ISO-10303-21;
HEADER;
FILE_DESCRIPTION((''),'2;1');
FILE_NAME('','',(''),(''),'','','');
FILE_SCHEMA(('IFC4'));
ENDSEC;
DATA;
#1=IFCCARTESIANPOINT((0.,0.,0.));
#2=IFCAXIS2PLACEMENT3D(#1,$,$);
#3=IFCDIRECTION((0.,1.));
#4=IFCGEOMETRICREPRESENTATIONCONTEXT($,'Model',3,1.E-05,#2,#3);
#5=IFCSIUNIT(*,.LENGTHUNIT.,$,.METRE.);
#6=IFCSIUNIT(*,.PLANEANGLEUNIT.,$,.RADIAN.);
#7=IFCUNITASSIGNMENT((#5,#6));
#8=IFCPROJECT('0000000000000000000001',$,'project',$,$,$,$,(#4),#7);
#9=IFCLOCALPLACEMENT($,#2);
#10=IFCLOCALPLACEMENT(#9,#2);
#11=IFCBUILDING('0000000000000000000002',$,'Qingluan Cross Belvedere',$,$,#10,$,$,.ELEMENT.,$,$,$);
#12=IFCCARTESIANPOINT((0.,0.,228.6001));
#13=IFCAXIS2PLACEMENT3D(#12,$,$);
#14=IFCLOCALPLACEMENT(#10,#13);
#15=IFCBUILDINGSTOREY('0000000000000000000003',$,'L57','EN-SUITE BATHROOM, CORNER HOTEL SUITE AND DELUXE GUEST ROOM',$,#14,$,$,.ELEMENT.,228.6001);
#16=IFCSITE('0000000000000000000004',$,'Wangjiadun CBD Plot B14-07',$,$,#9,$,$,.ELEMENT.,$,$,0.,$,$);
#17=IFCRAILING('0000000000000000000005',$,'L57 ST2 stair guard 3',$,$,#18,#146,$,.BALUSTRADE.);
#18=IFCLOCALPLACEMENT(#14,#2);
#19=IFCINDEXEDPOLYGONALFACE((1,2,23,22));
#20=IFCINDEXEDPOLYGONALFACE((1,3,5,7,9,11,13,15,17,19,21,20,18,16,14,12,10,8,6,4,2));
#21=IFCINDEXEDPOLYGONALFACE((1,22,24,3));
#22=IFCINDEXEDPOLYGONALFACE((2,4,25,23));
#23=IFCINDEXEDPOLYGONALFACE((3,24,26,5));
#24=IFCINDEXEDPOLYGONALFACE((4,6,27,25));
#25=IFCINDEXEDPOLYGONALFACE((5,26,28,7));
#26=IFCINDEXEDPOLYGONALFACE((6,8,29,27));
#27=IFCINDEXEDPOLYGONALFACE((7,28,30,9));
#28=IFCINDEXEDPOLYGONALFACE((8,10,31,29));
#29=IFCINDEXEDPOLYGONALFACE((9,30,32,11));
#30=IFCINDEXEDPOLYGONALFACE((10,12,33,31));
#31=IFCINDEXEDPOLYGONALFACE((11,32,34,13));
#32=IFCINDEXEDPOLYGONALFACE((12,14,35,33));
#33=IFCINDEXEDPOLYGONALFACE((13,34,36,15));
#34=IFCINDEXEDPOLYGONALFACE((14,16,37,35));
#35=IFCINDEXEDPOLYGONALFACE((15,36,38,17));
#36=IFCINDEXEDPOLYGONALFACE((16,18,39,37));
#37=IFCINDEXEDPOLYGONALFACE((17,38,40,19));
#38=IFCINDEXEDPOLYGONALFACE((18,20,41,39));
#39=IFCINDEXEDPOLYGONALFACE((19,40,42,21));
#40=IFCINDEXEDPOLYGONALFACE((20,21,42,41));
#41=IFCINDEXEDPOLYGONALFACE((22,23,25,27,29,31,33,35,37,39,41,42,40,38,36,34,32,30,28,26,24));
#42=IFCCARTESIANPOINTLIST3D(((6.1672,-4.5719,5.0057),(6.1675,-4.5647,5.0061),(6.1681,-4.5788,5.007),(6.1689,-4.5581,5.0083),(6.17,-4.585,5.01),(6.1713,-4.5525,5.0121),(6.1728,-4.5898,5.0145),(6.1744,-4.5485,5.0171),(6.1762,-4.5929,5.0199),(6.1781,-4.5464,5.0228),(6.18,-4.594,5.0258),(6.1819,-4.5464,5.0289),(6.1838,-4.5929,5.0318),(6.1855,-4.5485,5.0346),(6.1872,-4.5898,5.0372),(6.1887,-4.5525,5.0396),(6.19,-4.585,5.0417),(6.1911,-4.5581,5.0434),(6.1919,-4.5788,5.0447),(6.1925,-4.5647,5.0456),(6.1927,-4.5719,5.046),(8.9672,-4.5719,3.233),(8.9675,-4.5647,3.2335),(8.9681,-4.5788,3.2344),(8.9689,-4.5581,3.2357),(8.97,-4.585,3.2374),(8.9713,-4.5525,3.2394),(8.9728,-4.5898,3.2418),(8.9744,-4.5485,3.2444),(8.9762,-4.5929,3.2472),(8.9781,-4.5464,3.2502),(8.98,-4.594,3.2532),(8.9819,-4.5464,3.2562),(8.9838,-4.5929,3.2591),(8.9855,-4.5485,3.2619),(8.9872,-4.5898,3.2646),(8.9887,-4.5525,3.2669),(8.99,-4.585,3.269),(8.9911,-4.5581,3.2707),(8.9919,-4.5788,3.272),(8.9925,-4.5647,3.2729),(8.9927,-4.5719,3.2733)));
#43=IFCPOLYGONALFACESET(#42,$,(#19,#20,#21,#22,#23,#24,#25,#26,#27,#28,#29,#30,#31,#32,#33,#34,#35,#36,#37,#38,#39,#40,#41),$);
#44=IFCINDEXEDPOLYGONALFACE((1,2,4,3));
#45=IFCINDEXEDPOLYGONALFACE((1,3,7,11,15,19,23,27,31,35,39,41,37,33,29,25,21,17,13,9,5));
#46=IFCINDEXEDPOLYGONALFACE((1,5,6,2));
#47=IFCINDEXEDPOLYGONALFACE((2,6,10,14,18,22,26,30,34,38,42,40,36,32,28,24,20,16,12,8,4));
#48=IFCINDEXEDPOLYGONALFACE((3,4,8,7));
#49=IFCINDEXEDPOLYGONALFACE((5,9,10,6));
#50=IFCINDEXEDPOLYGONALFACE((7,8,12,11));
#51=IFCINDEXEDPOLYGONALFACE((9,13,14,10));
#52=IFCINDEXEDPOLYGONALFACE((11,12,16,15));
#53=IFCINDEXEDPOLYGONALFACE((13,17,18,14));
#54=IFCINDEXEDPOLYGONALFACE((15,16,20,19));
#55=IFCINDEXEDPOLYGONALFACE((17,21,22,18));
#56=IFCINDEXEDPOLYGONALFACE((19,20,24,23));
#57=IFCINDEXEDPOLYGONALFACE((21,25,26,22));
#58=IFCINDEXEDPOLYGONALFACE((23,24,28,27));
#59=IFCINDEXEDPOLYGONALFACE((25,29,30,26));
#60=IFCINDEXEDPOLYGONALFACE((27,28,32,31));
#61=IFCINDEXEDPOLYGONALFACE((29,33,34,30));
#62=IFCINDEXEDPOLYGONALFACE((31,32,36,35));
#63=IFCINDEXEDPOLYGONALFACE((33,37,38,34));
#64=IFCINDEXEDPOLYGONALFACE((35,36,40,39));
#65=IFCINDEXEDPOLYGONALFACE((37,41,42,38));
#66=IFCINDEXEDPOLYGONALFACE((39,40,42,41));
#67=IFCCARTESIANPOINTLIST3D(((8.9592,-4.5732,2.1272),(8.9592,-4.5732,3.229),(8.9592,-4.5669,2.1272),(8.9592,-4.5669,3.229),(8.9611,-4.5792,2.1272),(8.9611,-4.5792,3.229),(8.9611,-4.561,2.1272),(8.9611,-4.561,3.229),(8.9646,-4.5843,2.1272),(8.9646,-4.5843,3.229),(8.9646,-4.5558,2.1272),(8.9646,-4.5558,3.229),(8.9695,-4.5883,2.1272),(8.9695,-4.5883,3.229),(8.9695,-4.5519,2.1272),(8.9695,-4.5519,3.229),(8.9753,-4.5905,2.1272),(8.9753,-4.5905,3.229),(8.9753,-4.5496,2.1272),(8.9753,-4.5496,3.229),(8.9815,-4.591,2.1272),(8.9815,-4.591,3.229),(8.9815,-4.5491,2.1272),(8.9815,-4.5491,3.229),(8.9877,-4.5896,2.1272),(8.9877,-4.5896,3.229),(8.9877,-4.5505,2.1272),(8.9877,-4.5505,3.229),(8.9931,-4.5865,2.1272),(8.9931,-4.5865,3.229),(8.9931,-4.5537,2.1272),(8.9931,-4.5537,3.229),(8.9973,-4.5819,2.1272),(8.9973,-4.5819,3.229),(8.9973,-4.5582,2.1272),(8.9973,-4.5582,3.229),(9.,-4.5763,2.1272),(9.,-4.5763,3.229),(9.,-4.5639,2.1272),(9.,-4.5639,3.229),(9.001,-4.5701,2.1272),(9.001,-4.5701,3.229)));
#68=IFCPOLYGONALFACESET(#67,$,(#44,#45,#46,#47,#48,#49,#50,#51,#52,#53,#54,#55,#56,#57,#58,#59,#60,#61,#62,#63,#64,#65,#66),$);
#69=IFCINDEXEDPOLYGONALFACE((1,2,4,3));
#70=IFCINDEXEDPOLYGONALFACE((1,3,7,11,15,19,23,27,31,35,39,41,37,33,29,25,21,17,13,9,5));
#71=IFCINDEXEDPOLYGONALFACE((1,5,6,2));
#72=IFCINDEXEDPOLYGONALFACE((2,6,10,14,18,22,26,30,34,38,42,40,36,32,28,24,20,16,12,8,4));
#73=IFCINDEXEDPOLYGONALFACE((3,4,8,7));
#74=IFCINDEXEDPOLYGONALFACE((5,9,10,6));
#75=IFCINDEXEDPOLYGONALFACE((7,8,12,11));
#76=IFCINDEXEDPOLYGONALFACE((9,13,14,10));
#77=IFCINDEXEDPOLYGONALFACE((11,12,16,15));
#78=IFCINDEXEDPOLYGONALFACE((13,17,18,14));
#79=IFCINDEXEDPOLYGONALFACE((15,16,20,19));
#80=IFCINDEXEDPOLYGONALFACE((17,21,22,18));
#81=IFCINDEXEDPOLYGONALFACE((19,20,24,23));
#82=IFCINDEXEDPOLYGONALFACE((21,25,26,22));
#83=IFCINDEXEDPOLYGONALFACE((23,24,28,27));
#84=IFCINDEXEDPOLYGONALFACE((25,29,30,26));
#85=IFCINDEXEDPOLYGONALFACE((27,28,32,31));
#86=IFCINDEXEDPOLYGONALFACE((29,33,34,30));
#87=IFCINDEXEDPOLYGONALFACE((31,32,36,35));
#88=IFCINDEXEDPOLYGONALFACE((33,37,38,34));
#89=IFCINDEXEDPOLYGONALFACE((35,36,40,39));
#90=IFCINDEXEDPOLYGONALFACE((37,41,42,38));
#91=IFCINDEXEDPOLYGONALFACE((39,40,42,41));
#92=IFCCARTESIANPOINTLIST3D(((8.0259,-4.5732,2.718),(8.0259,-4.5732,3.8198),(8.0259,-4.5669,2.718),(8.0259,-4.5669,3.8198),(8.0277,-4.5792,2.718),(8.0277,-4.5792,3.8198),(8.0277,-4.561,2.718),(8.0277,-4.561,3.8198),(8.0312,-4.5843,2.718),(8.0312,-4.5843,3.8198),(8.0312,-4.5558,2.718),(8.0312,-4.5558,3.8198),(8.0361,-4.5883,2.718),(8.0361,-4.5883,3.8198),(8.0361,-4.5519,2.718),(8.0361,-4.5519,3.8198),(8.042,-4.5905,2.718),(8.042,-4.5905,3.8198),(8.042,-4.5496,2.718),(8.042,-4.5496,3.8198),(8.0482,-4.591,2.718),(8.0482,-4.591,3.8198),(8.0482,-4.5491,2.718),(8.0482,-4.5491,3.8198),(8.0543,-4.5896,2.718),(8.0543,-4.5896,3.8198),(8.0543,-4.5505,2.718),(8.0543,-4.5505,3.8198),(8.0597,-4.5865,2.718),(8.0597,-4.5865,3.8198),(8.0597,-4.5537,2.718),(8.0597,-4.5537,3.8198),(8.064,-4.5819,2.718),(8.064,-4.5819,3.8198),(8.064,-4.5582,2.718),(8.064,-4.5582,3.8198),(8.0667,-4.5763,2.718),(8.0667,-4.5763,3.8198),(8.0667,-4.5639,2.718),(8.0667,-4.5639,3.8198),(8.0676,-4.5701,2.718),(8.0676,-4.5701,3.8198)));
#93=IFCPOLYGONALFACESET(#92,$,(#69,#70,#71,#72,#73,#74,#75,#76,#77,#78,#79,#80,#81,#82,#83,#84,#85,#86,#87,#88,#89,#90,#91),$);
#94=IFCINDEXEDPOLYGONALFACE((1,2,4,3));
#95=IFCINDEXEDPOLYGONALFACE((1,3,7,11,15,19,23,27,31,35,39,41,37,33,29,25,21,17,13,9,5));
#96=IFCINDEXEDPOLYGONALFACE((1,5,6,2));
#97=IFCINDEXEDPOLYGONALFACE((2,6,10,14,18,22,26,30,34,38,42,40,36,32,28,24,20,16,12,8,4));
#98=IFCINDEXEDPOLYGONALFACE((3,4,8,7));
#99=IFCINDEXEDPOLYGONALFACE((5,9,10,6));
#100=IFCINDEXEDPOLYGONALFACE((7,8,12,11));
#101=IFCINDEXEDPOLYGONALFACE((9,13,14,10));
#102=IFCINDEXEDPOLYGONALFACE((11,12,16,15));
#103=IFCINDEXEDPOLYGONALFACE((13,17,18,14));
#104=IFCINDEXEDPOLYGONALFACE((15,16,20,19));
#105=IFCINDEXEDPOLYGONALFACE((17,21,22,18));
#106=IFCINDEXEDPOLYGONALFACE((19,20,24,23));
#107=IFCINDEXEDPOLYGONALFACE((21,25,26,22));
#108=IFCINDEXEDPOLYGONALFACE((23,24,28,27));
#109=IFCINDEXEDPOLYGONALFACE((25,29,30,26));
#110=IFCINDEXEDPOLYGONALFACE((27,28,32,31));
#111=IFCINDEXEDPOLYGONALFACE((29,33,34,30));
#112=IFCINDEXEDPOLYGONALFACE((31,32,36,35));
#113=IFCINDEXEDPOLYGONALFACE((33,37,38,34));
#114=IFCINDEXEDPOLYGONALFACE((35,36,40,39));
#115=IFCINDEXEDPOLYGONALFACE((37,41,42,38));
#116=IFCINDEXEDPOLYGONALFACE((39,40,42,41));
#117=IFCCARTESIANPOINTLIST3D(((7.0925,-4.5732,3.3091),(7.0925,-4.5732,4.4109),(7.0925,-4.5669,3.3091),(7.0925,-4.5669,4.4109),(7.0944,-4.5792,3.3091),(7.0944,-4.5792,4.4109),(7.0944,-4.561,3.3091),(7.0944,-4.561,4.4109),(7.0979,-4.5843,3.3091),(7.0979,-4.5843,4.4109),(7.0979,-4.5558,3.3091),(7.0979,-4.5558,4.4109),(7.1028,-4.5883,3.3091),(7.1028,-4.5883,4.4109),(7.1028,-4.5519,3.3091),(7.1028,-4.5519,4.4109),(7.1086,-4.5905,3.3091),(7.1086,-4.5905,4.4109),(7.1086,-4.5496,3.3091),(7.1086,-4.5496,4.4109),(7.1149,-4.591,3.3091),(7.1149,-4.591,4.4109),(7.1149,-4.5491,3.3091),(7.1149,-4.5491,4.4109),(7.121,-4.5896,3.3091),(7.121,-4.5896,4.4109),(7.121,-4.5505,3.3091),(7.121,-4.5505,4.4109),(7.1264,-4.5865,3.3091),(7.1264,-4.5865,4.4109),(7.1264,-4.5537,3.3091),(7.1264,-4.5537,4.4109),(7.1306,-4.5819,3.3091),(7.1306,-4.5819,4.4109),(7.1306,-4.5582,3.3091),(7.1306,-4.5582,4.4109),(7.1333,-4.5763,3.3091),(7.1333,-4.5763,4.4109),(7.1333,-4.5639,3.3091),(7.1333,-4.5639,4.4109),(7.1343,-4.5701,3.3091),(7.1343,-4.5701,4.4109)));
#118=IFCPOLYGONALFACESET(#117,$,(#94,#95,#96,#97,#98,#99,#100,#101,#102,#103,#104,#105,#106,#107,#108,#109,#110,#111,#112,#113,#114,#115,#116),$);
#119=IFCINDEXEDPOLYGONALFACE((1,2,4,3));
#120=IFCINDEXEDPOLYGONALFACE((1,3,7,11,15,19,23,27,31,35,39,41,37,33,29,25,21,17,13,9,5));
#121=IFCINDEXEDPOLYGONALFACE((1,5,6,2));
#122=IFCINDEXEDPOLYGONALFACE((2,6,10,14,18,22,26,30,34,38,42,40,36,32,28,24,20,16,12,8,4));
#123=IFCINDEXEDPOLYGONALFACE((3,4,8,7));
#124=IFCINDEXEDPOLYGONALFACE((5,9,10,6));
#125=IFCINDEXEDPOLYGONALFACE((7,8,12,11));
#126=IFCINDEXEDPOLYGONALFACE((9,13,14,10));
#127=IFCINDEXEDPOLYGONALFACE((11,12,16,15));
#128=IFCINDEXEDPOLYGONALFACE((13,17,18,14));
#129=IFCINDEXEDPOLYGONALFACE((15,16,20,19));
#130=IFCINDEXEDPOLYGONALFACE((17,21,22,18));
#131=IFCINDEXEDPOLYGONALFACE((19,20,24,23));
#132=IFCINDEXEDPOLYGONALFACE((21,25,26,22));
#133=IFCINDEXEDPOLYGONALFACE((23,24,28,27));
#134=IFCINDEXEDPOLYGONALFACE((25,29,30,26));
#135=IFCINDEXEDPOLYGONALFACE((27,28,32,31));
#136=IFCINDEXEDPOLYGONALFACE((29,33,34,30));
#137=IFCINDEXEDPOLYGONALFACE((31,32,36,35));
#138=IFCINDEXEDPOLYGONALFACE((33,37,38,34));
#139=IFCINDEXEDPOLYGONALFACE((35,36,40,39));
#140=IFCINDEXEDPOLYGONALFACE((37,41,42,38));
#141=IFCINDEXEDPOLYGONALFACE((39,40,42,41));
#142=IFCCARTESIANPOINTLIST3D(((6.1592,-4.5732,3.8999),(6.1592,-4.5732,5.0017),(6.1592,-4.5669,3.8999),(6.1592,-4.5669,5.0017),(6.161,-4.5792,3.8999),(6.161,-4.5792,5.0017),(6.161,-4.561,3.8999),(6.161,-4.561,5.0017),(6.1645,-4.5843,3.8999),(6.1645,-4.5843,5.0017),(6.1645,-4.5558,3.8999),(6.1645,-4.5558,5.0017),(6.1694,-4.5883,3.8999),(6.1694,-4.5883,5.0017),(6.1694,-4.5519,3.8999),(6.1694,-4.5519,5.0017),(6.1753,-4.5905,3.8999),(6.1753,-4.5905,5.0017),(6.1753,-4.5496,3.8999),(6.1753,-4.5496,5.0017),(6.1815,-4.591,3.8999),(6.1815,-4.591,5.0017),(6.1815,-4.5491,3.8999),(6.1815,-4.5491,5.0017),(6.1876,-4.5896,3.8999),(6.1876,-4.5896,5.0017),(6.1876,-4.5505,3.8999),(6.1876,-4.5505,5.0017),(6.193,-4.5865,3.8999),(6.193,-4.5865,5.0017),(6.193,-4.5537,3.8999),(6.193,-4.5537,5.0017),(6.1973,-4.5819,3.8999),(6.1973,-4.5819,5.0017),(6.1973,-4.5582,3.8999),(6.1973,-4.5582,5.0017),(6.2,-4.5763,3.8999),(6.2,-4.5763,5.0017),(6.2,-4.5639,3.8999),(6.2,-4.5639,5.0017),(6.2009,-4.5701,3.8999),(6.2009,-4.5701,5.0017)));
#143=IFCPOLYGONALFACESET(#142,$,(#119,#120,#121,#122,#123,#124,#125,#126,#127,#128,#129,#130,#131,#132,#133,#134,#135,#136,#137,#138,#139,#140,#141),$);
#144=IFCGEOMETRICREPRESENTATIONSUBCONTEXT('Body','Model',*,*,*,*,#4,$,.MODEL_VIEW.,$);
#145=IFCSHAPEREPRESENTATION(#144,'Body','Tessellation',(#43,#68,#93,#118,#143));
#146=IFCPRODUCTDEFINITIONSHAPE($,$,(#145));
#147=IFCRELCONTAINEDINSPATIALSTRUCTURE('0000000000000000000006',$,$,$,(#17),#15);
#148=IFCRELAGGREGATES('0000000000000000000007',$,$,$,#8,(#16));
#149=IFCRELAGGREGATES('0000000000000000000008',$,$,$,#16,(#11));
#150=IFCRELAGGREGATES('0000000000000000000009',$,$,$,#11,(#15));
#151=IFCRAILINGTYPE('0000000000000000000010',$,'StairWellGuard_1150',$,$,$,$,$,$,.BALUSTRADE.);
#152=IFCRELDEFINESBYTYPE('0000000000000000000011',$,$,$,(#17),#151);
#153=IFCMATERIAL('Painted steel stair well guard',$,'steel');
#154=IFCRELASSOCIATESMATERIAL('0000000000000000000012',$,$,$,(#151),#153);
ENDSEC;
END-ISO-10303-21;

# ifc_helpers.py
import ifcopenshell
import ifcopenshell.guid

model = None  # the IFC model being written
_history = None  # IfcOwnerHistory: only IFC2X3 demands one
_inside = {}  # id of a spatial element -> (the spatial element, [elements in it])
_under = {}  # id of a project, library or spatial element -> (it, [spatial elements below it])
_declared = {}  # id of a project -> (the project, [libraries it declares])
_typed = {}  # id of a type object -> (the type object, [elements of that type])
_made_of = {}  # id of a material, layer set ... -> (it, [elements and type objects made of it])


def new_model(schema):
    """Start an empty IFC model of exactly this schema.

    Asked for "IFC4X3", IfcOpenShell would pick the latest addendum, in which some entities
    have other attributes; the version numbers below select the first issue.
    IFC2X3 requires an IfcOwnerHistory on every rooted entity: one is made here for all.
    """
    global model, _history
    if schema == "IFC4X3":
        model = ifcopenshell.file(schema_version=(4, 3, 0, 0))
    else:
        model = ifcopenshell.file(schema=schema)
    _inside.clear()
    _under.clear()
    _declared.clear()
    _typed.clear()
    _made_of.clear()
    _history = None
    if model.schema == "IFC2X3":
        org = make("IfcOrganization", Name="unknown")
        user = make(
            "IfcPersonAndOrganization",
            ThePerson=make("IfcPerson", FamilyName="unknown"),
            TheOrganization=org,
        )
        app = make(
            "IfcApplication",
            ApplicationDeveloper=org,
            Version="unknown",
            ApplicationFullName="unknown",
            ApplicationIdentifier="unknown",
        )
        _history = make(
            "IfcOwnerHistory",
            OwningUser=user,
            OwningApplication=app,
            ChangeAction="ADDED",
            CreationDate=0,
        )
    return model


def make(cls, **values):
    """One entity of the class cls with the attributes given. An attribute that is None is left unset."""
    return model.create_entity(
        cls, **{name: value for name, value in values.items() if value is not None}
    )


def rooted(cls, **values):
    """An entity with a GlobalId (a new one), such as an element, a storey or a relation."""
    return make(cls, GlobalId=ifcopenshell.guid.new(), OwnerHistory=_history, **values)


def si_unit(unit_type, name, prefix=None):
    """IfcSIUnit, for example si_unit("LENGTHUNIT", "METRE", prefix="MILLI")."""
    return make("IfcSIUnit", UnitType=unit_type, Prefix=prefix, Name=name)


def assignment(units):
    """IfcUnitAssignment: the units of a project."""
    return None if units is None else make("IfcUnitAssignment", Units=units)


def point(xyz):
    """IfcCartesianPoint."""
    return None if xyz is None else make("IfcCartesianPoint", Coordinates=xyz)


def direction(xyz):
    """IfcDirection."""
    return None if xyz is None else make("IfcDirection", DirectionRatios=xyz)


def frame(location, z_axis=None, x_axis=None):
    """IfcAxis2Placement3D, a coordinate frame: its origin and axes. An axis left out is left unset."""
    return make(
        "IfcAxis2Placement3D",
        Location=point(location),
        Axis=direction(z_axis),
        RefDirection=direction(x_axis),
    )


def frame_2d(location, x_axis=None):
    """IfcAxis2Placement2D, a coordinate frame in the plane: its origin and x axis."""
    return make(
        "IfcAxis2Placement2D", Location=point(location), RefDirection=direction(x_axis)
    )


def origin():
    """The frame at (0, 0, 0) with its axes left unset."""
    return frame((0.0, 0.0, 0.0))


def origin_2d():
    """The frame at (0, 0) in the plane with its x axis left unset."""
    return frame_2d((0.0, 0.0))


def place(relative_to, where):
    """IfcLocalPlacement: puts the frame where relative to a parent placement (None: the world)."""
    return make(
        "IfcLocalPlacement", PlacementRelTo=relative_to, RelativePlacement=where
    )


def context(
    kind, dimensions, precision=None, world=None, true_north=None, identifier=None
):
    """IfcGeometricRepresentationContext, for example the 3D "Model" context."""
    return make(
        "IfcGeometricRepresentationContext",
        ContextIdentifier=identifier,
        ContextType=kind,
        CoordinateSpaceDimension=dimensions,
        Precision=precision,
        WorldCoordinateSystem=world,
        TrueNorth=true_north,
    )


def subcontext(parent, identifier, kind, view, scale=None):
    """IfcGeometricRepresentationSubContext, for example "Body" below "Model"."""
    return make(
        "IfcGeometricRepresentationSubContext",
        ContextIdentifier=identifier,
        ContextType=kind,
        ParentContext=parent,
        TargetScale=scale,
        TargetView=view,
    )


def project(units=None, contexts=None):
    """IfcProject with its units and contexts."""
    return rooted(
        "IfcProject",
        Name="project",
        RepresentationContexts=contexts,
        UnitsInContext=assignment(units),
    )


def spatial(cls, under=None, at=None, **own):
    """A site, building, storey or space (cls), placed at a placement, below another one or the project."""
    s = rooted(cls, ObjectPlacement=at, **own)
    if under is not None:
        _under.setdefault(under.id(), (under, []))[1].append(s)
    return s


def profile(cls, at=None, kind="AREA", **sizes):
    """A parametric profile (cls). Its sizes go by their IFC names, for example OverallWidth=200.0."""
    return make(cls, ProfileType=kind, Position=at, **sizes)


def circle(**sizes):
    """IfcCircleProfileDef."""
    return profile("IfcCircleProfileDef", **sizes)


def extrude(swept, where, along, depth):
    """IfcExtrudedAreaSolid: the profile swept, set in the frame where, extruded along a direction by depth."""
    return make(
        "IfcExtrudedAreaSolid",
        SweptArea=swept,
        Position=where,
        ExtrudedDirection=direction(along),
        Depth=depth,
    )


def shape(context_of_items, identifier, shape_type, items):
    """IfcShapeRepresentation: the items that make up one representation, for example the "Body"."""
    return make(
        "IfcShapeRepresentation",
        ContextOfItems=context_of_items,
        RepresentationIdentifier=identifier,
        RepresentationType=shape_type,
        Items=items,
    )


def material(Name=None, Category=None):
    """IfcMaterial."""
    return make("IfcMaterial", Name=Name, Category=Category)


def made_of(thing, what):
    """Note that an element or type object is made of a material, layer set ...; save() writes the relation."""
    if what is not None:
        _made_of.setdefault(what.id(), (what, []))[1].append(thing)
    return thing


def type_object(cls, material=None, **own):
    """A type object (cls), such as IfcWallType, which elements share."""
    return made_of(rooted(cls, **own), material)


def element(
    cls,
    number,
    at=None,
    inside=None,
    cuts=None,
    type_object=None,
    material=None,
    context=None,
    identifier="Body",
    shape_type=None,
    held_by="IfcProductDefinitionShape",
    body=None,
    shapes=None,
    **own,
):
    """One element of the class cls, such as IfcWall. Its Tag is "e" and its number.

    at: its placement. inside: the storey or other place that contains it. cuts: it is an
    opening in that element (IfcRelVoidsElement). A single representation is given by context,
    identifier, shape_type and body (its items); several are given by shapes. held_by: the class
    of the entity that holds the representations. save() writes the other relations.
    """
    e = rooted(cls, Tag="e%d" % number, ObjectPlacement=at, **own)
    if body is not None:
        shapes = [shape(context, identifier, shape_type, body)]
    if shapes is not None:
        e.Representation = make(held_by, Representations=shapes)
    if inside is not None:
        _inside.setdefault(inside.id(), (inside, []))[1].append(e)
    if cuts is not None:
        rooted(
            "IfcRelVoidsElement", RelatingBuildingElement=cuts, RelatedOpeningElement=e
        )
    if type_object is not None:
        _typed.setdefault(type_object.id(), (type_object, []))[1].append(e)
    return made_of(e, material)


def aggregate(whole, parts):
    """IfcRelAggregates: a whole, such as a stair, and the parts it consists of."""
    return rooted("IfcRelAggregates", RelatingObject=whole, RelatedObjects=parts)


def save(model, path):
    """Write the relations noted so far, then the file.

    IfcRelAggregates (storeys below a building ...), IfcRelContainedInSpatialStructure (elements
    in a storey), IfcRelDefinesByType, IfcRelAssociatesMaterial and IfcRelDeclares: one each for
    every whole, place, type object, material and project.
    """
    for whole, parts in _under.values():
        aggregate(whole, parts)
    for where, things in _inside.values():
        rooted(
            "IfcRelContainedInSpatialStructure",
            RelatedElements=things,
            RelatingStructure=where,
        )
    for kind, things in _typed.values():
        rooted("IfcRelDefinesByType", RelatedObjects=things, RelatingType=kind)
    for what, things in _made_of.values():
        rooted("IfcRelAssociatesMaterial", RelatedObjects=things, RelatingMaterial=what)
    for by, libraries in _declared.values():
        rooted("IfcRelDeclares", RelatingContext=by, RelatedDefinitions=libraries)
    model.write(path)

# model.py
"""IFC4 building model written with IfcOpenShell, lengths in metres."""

from ifc_helpers import new_model, si_unit, direction, frame, origin, origin_2d, place, context, subcontext, project, spatial, circle, extrude, material, type_object, element, save


model = new_model("IFC4")

# Units and contexts
model_context = context("Model", 3, precision=1e-05, world=origin(), true_north=direction((0.0, 1.0)))
body_context = subcontext(model_context, "Body", "Model", "MODEL_VIEW")
ifc_project = project(units=[si_unit("LENGTHUNIT", "METRE"), si_unit("PLANEANGLEUNIT", "RADIAN")], contexts=[model_context])

# Site, building, storey
site_placement = place(None, origin())
site = spatial("IfcSite", under=ifc_project, at=site_placement, Name="Wangjiadun CBD Plot B14-07", CompositionType="ELEMENT", RefElevation=0.0)
building_placement = place(site_placement, origin())
building = spatial("IfcBuilding", under=site, at=building_placement, Name="Qingluan Cross Belvedere", CompositionType="ELEMENT")
storey_placement = place(building_placement, frame((0.0, 0.0, 228.6001)))
storey = spatial("IfcBuildingStorey", under=building, at=storey_placement, Name="L57", Description="EN-SUITE BATHROOM, CORNER HOTEL SUITE AND DELUXE GUEST ROOM", CompositionType="ELEMENT", Elevation=228.6001)

# Railing
ifc_material_1 = material(Name="Painted steel stair well guard", Category="steel")
railing_type_1 = type_object("IfcRailingType", Name="StairWellGuard_1150", PredefinedType="BALUSTRADE", material=ifc_material_1)
railing_1_placement = place(storey_placement, frame((8.98, -4.5701, 2.1272)))
element("IfcRailing", 1, at=railing_1_placement, inside=storey, type_object=railing_type_1, Name="L57 ST2 stair guard 3", PredefinedType="BALUSTRADE", context=body_context, shape_type="SweptSolid", body=[
    extrude(circle(Radius=0.0239, at=origin_2d()), frame((0.0, 0.0, 1.126), z_axis=(-0.844909, 0.0, 0.53491), x_axis=(0.0, -1.0, 0.0)), (0.0, 0.0, 1.0), 3.314),
    extrude(circle(Radius=0.021, at=origin_2d()), origin(), (0.0, 0.0, 1.0), 1.1018),
    extrude(circle(Radius=0.021, at=origin_2d()), frame((-0.9333, 0.0, 0.5908)), (0.0, 0.0, 1.0), 1.1018),
    extrude(circle(Radius=0.021, at=origin_2d()), frame((-1.8667, 0.0, 1.1819)), (0.0, 0.0, 1.0), 1.1018),
    extrude(circle(Radius=0.021, at=origin_2d()), frame((-2.8, 0.0, 1.7727)), (0.0, 0.0, 1.0), 1.1018),
])

save(model, "model.ifc")
